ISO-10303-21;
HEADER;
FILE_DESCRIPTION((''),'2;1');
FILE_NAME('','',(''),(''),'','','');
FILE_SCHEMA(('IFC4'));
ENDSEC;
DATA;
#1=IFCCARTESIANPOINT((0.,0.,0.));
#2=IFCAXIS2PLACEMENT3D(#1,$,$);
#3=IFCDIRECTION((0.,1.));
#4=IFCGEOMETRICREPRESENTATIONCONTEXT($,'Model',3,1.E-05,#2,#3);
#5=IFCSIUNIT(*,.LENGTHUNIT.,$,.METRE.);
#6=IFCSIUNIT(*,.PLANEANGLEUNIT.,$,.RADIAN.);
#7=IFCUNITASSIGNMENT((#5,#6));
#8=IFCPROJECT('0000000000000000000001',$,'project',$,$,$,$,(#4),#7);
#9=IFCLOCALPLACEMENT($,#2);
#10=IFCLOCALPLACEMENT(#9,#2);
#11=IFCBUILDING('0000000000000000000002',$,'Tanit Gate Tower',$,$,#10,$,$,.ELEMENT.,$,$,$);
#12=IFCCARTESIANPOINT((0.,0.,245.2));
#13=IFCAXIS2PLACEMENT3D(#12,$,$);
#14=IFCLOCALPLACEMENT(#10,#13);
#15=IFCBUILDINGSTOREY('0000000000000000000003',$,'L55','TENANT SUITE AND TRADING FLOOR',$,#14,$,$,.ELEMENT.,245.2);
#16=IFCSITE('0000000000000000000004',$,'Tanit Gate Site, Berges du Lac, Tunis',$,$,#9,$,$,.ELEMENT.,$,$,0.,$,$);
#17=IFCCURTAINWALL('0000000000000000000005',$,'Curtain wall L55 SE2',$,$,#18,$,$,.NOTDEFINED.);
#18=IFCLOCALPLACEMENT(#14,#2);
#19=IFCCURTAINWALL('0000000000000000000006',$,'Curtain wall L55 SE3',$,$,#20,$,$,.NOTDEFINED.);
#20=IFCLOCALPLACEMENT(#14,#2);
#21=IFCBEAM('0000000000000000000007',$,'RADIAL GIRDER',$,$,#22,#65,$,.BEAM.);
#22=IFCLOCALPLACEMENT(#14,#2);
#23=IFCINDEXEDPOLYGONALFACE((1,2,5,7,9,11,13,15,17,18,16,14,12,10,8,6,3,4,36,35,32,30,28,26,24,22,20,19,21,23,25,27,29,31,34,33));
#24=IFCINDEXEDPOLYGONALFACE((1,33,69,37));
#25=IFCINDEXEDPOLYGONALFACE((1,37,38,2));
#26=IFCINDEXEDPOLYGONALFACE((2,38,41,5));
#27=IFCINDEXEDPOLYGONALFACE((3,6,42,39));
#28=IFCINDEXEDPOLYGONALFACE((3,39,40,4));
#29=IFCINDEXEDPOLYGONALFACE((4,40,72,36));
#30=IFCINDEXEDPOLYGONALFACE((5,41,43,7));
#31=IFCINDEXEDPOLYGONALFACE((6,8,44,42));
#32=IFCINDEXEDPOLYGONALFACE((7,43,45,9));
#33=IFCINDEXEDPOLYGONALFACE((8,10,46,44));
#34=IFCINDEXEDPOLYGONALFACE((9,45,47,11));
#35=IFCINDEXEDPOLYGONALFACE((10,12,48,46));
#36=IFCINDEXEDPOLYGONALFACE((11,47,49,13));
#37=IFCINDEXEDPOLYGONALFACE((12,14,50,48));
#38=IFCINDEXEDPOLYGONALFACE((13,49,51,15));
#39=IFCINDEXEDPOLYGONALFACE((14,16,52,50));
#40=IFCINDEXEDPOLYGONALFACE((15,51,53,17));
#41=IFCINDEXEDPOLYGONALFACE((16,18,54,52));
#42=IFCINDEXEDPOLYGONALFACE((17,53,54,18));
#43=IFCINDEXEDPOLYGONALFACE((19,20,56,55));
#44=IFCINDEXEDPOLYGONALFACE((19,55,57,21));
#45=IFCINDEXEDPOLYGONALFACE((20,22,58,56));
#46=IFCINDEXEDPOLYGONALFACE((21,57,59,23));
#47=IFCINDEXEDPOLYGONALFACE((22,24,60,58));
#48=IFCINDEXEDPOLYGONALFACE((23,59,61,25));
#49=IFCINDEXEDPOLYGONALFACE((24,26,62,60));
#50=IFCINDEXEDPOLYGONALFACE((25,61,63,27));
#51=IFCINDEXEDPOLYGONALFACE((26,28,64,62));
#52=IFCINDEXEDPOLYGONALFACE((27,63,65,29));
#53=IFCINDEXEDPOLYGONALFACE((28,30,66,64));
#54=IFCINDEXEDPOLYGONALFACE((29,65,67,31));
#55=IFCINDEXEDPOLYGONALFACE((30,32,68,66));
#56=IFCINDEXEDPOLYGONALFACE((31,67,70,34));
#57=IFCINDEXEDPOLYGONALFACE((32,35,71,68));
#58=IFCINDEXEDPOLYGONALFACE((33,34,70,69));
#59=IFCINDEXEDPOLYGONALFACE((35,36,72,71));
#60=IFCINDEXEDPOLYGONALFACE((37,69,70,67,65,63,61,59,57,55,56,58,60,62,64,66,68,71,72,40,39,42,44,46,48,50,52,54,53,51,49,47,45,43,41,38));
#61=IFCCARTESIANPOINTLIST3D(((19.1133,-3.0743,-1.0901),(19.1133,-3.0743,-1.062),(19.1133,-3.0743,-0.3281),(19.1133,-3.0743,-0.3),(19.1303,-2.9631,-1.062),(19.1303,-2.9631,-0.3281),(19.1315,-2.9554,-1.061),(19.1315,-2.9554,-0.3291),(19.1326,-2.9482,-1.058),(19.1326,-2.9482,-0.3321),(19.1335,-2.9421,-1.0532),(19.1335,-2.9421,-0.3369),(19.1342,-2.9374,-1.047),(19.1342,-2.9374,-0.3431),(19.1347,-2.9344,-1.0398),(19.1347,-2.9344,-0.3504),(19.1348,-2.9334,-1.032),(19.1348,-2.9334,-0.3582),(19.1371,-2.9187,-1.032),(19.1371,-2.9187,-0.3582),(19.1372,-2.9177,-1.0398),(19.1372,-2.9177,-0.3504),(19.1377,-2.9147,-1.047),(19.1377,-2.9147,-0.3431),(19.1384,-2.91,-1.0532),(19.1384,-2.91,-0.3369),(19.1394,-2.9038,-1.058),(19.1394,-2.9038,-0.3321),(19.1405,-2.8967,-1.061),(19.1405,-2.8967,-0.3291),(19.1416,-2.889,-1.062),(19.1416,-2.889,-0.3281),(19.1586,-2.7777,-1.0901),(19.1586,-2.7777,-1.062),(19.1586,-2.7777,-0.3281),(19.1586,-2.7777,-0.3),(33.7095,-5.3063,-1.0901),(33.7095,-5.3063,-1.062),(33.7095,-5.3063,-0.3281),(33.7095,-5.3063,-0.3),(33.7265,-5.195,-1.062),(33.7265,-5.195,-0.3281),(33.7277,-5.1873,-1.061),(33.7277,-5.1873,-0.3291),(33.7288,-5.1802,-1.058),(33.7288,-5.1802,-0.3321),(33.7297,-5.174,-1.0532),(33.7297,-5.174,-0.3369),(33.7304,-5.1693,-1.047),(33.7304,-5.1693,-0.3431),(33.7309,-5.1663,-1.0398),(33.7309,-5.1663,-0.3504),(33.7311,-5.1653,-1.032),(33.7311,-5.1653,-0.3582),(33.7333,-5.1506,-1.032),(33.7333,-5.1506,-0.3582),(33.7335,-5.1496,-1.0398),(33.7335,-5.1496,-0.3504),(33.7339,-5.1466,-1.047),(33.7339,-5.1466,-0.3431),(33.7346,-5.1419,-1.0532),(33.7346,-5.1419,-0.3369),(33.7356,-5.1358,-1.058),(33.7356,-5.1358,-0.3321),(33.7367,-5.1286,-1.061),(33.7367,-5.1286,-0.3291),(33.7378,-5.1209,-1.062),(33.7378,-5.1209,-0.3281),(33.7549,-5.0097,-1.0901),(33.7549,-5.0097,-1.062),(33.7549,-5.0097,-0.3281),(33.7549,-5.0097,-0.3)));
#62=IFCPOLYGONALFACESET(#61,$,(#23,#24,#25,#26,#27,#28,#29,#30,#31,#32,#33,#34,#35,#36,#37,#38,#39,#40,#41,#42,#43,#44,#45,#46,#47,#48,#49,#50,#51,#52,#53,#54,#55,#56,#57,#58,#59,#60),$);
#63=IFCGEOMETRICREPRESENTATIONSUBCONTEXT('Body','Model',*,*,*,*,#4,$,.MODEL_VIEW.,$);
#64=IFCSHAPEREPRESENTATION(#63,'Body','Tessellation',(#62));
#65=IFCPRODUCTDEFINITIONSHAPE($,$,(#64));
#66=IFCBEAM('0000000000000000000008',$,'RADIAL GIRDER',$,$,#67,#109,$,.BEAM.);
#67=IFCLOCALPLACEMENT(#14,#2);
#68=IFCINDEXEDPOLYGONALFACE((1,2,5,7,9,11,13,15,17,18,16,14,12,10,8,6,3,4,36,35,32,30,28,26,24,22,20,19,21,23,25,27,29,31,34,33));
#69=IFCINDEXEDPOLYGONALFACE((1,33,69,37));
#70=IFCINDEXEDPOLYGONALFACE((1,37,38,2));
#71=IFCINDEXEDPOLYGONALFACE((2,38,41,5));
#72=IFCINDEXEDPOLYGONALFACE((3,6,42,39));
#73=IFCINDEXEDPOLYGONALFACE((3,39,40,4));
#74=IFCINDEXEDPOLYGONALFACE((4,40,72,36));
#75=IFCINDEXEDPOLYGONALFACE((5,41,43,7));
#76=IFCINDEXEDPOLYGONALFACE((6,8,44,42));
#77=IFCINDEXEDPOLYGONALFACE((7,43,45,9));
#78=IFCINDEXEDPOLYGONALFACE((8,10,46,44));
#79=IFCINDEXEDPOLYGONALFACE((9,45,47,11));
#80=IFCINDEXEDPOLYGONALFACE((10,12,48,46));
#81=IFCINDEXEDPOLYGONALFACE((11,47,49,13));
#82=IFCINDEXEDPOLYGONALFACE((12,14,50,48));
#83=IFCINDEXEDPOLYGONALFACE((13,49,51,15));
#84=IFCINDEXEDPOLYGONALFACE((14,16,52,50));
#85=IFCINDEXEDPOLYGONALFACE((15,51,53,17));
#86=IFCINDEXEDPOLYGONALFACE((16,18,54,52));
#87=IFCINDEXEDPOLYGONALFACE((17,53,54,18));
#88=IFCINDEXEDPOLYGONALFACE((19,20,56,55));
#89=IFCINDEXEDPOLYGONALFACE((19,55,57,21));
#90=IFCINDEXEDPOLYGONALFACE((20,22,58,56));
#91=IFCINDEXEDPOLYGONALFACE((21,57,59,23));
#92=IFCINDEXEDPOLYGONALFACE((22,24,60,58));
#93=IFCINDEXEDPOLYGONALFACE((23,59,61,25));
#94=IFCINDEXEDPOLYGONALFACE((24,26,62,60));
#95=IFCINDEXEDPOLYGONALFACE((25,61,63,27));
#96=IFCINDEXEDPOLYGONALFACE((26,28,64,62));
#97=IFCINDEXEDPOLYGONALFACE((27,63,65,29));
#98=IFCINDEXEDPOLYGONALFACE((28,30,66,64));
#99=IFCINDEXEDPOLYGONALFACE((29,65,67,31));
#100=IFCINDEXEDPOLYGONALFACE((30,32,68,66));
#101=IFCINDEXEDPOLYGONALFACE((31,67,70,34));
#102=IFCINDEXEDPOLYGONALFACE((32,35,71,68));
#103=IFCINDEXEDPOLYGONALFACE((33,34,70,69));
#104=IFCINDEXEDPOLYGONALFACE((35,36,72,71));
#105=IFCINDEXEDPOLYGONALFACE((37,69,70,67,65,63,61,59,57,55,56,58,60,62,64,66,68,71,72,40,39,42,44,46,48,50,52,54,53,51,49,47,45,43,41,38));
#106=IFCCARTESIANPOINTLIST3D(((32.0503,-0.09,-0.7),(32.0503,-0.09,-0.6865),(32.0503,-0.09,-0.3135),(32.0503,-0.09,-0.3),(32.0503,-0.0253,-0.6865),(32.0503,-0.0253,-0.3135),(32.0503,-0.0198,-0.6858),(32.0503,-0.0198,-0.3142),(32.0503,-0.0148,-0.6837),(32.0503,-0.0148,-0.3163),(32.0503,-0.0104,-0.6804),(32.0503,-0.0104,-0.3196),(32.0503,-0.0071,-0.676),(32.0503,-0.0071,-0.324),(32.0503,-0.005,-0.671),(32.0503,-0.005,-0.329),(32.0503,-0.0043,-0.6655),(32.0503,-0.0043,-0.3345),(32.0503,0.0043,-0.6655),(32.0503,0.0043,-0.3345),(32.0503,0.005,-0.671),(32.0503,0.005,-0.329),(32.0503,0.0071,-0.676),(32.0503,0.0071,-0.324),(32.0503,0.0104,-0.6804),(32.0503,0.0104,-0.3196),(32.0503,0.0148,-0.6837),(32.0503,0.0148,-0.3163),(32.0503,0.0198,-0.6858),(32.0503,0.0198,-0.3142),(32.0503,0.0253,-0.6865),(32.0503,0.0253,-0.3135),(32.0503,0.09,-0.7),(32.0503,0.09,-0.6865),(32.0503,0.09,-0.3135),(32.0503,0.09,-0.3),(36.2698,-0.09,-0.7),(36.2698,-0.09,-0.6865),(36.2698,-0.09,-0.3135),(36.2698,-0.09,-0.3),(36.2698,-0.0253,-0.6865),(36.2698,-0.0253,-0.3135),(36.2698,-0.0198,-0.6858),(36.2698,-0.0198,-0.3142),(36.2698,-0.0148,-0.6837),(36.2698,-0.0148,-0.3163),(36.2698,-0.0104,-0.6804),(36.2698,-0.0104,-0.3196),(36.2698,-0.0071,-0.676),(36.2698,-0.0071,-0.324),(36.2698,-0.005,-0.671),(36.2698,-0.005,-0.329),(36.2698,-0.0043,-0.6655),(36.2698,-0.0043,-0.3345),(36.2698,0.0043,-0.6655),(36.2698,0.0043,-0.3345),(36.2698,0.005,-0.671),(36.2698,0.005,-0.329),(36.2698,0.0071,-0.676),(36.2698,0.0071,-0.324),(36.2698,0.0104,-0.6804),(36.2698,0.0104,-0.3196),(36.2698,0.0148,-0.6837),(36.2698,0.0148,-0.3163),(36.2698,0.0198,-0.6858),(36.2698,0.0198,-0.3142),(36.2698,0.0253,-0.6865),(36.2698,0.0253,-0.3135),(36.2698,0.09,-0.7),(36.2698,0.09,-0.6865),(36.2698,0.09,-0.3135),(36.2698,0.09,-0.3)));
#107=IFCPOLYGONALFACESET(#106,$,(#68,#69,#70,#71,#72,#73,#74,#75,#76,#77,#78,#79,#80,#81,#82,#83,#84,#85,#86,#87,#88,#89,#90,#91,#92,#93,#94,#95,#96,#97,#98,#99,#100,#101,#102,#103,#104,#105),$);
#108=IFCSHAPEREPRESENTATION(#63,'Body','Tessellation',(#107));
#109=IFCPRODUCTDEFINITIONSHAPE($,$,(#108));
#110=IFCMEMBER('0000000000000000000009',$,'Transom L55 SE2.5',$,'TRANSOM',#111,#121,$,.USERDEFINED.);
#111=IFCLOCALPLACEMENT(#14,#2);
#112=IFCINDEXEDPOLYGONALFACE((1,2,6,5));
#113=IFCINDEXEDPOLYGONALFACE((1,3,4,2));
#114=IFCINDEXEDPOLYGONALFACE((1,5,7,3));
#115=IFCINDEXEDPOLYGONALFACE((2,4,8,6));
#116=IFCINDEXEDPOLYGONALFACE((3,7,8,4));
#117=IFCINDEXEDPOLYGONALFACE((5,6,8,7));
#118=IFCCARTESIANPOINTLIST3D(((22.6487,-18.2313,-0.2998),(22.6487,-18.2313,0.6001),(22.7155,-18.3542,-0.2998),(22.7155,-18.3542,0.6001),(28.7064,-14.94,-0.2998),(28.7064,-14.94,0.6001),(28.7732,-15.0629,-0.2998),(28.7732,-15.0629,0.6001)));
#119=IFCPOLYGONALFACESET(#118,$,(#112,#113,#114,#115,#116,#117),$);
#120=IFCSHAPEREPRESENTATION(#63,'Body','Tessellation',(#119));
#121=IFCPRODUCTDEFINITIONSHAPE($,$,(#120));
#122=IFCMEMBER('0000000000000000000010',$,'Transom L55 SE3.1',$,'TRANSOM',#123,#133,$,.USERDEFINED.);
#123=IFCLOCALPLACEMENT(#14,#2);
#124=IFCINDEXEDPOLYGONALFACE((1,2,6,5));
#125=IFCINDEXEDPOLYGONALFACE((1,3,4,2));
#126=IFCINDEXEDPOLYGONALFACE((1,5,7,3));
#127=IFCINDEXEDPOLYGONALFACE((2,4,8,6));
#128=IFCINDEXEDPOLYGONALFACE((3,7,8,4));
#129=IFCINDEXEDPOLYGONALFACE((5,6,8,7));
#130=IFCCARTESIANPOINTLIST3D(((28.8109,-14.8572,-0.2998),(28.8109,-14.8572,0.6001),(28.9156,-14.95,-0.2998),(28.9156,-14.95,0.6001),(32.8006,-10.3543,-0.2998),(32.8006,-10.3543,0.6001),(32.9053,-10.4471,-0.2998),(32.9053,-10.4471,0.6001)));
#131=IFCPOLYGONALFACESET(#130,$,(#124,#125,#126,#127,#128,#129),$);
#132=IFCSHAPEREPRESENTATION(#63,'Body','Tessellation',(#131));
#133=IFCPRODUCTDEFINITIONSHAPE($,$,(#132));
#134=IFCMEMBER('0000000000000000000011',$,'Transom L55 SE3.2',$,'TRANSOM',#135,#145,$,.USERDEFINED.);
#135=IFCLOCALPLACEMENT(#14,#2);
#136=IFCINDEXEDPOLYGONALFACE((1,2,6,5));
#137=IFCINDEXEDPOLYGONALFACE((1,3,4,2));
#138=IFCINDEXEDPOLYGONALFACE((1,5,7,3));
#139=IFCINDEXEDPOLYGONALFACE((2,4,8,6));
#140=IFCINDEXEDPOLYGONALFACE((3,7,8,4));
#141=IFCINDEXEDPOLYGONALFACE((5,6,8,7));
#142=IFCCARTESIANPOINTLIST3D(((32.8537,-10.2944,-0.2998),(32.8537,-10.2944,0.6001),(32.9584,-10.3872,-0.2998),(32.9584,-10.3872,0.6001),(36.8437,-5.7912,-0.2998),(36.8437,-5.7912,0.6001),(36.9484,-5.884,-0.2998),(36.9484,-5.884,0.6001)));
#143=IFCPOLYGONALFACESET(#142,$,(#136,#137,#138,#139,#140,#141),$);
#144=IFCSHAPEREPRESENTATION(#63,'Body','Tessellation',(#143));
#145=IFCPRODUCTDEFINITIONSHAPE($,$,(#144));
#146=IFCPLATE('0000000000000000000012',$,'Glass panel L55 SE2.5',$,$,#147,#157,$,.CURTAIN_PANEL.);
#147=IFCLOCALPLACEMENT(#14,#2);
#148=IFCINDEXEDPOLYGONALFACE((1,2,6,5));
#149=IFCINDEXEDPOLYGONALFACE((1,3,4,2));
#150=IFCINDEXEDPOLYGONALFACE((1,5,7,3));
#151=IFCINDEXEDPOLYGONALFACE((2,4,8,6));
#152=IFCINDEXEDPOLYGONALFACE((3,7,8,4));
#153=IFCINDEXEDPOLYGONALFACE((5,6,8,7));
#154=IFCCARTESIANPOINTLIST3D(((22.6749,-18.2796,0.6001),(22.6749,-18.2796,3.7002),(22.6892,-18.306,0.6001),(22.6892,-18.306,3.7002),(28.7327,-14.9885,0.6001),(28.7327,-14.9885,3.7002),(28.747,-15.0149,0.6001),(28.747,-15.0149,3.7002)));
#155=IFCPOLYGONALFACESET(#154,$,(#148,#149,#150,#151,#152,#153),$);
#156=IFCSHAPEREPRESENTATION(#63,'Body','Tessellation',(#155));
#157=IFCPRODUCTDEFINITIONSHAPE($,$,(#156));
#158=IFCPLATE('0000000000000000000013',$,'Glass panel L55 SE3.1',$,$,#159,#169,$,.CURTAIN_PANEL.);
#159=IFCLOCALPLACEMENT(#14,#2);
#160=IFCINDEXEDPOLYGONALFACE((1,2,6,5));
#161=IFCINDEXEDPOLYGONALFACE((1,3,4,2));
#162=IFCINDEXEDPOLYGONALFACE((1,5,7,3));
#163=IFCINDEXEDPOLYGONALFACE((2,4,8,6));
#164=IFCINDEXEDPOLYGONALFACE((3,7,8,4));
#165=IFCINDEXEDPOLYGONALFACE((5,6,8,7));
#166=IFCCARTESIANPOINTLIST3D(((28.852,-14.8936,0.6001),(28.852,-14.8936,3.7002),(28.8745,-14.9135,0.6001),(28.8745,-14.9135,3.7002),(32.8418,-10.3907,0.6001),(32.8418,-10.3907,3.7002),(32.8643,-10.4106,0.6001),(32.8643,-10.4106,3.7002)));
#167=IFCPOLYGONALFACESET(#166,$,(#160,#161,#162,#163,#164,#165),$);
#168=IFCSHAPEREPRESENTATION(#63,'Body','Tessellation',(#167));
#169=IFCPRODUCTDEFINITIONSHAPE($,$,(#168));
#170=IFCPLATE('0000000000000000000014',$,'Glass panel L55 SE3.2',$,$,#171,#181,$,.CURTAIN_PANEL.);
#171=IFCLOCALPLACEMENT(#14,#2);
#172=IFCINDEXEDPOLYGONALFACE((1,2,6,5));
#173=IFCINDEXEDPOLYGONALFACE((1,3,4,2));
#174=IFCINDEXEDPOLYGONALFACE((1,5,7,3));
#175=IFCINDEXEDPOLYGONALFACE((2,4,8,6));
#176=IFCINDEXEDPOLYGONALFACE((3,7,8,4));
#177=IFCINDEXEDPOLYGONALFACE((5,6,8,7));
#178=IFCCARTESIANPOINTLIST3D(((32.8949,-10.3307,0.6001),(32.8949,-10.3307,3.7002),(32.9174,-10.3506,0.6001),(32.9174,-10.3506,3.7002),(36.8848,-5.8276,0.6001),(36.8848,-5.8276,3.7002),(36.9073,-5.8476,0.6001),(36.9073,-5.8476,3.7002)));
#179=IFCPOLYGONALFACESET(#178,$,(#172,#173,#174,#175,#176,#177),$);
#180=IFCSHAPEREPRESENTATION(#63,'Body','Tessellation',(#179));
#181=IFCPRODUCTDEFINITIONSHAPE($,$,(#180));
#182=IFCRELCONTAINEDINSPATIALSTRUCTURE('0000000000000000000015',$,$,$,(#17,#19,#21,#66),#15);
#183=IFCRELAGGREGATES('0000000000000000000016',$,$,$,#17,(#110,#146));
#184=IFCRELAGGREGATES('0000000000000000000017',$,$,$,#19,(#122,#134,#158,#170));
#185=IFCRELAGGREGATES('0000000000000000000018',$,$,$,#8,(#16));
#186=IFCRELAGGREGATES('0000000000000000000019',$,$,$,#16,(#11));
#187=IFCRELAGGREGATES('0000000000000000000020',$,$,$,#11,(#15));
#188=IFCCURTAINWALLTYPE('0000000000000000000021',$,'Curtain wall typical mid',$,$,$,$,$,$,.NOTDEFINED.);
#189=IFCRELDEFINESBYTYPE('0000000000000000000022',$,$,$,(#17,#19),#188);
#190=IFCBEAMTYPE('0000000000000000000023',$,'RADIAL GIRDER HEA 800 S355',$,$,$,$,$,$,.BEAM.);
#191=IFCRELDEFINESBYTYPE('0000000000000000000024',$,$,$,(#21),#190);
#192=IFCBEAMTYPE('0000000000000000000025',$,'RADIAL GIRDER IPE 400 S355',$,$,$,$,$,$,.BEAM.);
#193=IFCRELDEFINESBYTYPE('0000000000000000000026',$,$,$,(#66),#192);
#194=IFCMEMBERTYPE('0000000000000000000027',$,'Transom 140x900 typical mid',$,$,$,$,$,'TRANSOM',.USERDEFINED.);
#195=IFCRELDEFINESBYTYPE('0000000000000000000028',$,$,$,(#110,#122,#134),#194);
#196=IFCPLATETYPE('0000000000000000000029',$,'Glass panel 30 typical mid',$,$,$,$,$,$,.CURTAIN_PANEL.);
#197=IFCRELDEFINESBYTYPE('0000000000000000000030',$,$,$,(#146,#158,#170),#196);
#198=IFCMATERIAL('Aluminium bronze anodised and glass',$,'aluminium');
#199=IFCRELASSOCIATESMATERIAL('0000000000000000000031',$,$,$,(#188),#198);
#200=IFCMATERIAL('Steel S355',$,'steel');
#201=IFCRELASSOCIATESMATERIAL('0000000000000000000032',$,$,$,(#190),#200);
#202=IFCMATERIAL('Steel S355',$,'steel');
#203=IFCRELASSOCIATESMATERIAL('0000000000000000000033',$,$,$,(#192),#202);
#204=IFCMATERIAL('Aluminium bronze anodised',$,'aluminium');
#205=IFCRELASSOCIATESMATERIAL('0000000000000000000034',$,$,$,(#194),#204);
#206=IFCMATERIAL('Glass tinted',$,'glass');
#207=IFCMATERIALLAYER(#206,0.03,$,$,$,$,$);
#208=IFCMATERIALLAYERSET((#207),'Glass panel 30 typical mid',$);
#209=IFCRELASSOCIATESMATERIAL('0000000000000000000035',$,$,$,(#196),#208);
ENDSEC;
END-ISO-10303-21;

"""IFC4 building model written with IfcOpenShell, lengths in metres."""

from ifc_helpers import new_model, si_unit, direction, frame, origin, origin_2d, place, context, subcontext, project, spatial, rectangle, i_section, extrude, material, layer, layer_set, material_profile, profile_set, type_object, element, aggregate, save


model = new_model("IFC4")

# Units and contexts
model_context = context("Model", 3, precision=1e-05, world=origin(), true_north=direction((0.0, 1.0)))
body_context = subcontext(model_context, "Body", "Model", "MODEL_VIEW")
ifc_project = project(units=[si_unit("LENGTHUNIT", "METRE"), si_unit("PLANEANGLEUNIT", "RADIAN")], contexts=[model_context])

# Site, building, storey
site_placement = place(None, origin())
site = spatial("IfcSite", under=ifc_project, at=site_placement, Name="Tanit Gate Site, Berges du Lac, Tunis", CompositionType="ELEMENT", RefElevation=0.0)
building_placement = place(site_placement, origin())
building = spatial("IfcBuilding", under=site, at=building_placement, Name="Tanit Gate Tower", CompositionType="ELEMENT")
storey_placement = place(building_placement, frame((0.0, 0.0, 245.2)))
storey = spatial("IfcBuildingStorey", under=building, at=storey_placement, Name="L55", Description="TENANT SUITE AND TRADING FLOOR", CompositionType="ELEMENT", Elevation=245.2)

# Curtain wall
ifc_material_1 = material(Name="Aluminium bronze anodised and glass", Category="aluminium")
curtain_wall_type = type_object("IfcCurtainWallType", Name="Curtain wall typical mid", PredefinedType="NOTDEFINED", material=ifc_material_1)
curtain_wall_1_placement = place(storey_placement, origin())
curtain_wall_1 = element("IfcCurtainWall", 1, at=curtain_wall_1_placement, inside=storey, type_object=curtain_wall_type, Name="Curtain wall L55 SE2", PredefinedType="NOTDEFINED")

# Curtain wall
curtain_wall_2_placement = place(storey_placement, origin())
curtain_wall_2 = element("IfcCurtainWall", 2, at=curtain_wall_2_placement, inside=storey, type_object=curtain_wall_type, Name="Curtain wall L55 SE3", PredefinedType="NOTDEFINED")

# Beams
ifc_material_2 = material(Name="Steel S355", Category="steel")
ifc_material_profile_1 = material_profile(ifc_material_2, i_section(OverallWidth=0.3, OverallDepth=0.79, WebThickness=0.0149, FlangeThickness=0.0281, FilletRadius=0.03, at=origin_2d()), Name="HEA 800")
ifc_profile_set_1 = profile_set([ifc_material_profile_1], Name="Steel S355")
beam_type_1 = type_object("IfcBeamType", Name="RADIAL GIRDER HEA 800 S355", PredefinedType="BEAM", material=ifc_profile_set_1)
beam_1_placement = place(storey_placement, frame((33.7322, -5.158, -0.6951), z_axis=(-0.98851, 0.151155, 0.0), x_axis=(-0.151155, -0.98851, 0.0)))
element("IfcBeam", 3, at=beam_1_placement, inside=storey, type_object=beam_type_1, Name="RADIAL GIRDER", PredefinedType="BEAM", context=body_context, shape_type="SweptSolid", body=[
    extrude(i_section(OverallWidth=0.3, OverallDepth=0.79, WebThickness=0.0149, FlangeThickness=0.0281, FilletRadius=0.03, at=origin_2d()), origin(), (0.0, 0.0, 1.0), 14.7659),
])
ifc_material_3 = material(Name="Steel S355", Category="steel")
ifc_material_profile_2 = material_profile(ifc_material_3, i_section(OverallWidth=0.1799, OverallDepth=0.3999, WebThickness=0.0085, FlangeThickness=0.0134, FilletRadius=0.021, at=origin_2d()), Name="IPE 400")
ifc_profile_set_2 = profile_set([ifc_material_profile_2], Name="Steel S355")
beam_type_2 = type_object("IfcBeamType", Name="RADIAL GIRDER IPE 400 S355", PredefinedType="BEAM", material=ifc_profile_set_2)
beam_2_placement = place(storey_placement, frame((36.2698, 0.0, -0.5), z_axis=(-1.0, 0.0, 0.0), x_axis=(0.0, -1.0, 0.0)))
element("IfcBeam", 4, at=beam_2_placement, inside=storey, type_object=beam_type_2, Name="RADIAL GIRDER", PredefinedType="BEAM", context=body_context, shape_type="SweptSolid", body=[
    extrude(i_section(OverallWidth=0.1799, OverallDepth=0.3999, WebThickness=0.0085, FlangeThickness=0.0134, FilletRadius=0.021, at=origin_2d()), origin(), (0.0, 0.0, 1.0), 4.2195),
])

# Members
ifc_material_4 = material(Name="Aluminium bronze anodised", Category="aluminium")
ifc_material_profile_3 = material_profile(ifc_material_4, rectangle(XDim=0.1399, YDim=0.8999, at=origin_2d()), Name="140x900 bronze transom")
ifc_profile_set_3 = profile_set([ifc_material_profile_3], Name="Aluminium bronze anodised")
member_type_1 = type_object("IfcMemberType", Name="Transom 140x900 typical mid", ElementType="TRANSOM", PredefinedType="USERDEFINED", material=ifc_profile_set_3)
member_1_placement = place(storey_placement, frame((22.6821, -18.2927, 0.1501), z_axis=(0.878681, 0.47741, 0.0), x_axis=(-0.47741, 0.878681, 0.0)))
member_1 = element("IfcMember", 5, at=member_1_placement, type_object=member_type_1, Name="Transom L55 SE2.5", ObjectType="TRANSOM", PredefinedType="USERDEFINED", context=body_context, shape_type="SweptSolid", body=[
    extrude(rectangle(XDim=0.1399, YDim=0.8999, at=origin_2d()), origin(), (0.0, 0.0, 1.0), 6.894),
])
member_2_placement = place(storey_placement, frame((28.8633, -14.9036, 0.1501), z_axis=(0.663169, 0.74847, 0.0), x_axis=(-0.74847, 0.663169, 0.0)))
member_2 = element("IfcMember", 6, at=member_2_placement, type_object=member_type_1, Name="Transom L55 SE3.1", ObjectType="TRANSOM", PredefinedType="USERDEFINED", context=body_context, shape_type="SweptSolid", body=[
    extrude(rectangle(XDim=0.1399, YDim=0.8999, at=origin_2d()), origin(), (0.0, 0.0, 1.0), 6.0161),
])
member_3_placement = place(storey_placement, frame((32.906, -10.3408, 0.1501), z_axis=(0.663172, 0.748467, 0.0), x_axis=(-0.748467, 0.663172, 0.0)))
member_3 = element("IfcMember", 7, at=member_3_placement, type_object=member_type_1, Name="Transom L55 SE3.2", ObjectType="TRANSOM", PredefinedType="USERDEFINED", context=body_context, shape_type="SweptSolid", body=[
    extrude(rectangle(XDim=0.1399, YDim=0.8999, at=origin_2d()), origin(), (0.0, 0.0, 1.0), 6.0166),
])

# Plates
ifc_material_5 = material(Name="Glass tinted", Category="glass")
ifc_layer_1 = layer(ifc_material_5, 0.03)
ifc_layer_set_1 = layer_set([ifc_layer_1], Name="Glass panel 30 typical mid")
plate_type = type_object("IfcPlateType", Name="Glass panel 30 typical mid", PredefinedType="CURTAIN_PANEL", material=ifc_layer_set_1)
plate_1_placement = place(storey_placement, frame((25.7109, -16.6472, 0.6001), z_axis=(0.0, 0.0, 1.0), x_axis=(0.878696, 0.477381, 0.0)))
plate_1 = element("IfcPlate", 8, at=plate_1_placement, type_object=plate_type, Name="Glass panel L55 SE2.5", PredefinedType="CURTAIN_PANEL", context=body_context, shape_type="SweptSolid", body=[
    extrude(rectangle(XDim=6.894, YDim=0.03, at=origin_2d()), origin(), (0.0, 0.0, 1.0), 3.1001),
])
aggregate(curtain_wall_1, [member_1, plate_1])
plate_2_placement = place(storey_placement, frame((30.8582, -12.6521, 0.6001), z_axis=(0.0, 0.0, 1.0), x_axis=(0.663178, 0.748462, 0.0)))
plate_2 = element("IfcPlate", 9, at=plate_2_placement, type_object=plate_type, Name="Glass panel L55 SE3.1", PredefinedType="CURTAIN_PANEL", context=body_context, shape_type="SweptSolid", body=[
    extrude(rectangle(XDim=6.0161, YDim=0.03, at=origin_2d()), origin(), (0.0, 0.0, 1.0), 3.1001),
])
plate_3_placement = place(storey_placement, frame((34.9011, -8.0891, 0.6001), z_axis=(0.0, 0.0, 1.0), x_axis=(0.663178, 0.748462, 0.0)))
plate_3 = element("IfcPlate", 10, at=plate_3_placement, type_object=plate_type, Name="Glass panel L55 SE3.2", PredefinedType="CURTAIN_PANEL", context=body_context, shape_type="SweptSolid", body=[
    extrude(rectangle(XDim=6.0164, YDim=0.03, at=origin_2d()), origin(), (0.0, 0.0, 1.0), 3.1001),
])
aggregate(curtain_wall_2, [member_2, member_3, plate_2, plate_3])

save(model, "model.ifc")
